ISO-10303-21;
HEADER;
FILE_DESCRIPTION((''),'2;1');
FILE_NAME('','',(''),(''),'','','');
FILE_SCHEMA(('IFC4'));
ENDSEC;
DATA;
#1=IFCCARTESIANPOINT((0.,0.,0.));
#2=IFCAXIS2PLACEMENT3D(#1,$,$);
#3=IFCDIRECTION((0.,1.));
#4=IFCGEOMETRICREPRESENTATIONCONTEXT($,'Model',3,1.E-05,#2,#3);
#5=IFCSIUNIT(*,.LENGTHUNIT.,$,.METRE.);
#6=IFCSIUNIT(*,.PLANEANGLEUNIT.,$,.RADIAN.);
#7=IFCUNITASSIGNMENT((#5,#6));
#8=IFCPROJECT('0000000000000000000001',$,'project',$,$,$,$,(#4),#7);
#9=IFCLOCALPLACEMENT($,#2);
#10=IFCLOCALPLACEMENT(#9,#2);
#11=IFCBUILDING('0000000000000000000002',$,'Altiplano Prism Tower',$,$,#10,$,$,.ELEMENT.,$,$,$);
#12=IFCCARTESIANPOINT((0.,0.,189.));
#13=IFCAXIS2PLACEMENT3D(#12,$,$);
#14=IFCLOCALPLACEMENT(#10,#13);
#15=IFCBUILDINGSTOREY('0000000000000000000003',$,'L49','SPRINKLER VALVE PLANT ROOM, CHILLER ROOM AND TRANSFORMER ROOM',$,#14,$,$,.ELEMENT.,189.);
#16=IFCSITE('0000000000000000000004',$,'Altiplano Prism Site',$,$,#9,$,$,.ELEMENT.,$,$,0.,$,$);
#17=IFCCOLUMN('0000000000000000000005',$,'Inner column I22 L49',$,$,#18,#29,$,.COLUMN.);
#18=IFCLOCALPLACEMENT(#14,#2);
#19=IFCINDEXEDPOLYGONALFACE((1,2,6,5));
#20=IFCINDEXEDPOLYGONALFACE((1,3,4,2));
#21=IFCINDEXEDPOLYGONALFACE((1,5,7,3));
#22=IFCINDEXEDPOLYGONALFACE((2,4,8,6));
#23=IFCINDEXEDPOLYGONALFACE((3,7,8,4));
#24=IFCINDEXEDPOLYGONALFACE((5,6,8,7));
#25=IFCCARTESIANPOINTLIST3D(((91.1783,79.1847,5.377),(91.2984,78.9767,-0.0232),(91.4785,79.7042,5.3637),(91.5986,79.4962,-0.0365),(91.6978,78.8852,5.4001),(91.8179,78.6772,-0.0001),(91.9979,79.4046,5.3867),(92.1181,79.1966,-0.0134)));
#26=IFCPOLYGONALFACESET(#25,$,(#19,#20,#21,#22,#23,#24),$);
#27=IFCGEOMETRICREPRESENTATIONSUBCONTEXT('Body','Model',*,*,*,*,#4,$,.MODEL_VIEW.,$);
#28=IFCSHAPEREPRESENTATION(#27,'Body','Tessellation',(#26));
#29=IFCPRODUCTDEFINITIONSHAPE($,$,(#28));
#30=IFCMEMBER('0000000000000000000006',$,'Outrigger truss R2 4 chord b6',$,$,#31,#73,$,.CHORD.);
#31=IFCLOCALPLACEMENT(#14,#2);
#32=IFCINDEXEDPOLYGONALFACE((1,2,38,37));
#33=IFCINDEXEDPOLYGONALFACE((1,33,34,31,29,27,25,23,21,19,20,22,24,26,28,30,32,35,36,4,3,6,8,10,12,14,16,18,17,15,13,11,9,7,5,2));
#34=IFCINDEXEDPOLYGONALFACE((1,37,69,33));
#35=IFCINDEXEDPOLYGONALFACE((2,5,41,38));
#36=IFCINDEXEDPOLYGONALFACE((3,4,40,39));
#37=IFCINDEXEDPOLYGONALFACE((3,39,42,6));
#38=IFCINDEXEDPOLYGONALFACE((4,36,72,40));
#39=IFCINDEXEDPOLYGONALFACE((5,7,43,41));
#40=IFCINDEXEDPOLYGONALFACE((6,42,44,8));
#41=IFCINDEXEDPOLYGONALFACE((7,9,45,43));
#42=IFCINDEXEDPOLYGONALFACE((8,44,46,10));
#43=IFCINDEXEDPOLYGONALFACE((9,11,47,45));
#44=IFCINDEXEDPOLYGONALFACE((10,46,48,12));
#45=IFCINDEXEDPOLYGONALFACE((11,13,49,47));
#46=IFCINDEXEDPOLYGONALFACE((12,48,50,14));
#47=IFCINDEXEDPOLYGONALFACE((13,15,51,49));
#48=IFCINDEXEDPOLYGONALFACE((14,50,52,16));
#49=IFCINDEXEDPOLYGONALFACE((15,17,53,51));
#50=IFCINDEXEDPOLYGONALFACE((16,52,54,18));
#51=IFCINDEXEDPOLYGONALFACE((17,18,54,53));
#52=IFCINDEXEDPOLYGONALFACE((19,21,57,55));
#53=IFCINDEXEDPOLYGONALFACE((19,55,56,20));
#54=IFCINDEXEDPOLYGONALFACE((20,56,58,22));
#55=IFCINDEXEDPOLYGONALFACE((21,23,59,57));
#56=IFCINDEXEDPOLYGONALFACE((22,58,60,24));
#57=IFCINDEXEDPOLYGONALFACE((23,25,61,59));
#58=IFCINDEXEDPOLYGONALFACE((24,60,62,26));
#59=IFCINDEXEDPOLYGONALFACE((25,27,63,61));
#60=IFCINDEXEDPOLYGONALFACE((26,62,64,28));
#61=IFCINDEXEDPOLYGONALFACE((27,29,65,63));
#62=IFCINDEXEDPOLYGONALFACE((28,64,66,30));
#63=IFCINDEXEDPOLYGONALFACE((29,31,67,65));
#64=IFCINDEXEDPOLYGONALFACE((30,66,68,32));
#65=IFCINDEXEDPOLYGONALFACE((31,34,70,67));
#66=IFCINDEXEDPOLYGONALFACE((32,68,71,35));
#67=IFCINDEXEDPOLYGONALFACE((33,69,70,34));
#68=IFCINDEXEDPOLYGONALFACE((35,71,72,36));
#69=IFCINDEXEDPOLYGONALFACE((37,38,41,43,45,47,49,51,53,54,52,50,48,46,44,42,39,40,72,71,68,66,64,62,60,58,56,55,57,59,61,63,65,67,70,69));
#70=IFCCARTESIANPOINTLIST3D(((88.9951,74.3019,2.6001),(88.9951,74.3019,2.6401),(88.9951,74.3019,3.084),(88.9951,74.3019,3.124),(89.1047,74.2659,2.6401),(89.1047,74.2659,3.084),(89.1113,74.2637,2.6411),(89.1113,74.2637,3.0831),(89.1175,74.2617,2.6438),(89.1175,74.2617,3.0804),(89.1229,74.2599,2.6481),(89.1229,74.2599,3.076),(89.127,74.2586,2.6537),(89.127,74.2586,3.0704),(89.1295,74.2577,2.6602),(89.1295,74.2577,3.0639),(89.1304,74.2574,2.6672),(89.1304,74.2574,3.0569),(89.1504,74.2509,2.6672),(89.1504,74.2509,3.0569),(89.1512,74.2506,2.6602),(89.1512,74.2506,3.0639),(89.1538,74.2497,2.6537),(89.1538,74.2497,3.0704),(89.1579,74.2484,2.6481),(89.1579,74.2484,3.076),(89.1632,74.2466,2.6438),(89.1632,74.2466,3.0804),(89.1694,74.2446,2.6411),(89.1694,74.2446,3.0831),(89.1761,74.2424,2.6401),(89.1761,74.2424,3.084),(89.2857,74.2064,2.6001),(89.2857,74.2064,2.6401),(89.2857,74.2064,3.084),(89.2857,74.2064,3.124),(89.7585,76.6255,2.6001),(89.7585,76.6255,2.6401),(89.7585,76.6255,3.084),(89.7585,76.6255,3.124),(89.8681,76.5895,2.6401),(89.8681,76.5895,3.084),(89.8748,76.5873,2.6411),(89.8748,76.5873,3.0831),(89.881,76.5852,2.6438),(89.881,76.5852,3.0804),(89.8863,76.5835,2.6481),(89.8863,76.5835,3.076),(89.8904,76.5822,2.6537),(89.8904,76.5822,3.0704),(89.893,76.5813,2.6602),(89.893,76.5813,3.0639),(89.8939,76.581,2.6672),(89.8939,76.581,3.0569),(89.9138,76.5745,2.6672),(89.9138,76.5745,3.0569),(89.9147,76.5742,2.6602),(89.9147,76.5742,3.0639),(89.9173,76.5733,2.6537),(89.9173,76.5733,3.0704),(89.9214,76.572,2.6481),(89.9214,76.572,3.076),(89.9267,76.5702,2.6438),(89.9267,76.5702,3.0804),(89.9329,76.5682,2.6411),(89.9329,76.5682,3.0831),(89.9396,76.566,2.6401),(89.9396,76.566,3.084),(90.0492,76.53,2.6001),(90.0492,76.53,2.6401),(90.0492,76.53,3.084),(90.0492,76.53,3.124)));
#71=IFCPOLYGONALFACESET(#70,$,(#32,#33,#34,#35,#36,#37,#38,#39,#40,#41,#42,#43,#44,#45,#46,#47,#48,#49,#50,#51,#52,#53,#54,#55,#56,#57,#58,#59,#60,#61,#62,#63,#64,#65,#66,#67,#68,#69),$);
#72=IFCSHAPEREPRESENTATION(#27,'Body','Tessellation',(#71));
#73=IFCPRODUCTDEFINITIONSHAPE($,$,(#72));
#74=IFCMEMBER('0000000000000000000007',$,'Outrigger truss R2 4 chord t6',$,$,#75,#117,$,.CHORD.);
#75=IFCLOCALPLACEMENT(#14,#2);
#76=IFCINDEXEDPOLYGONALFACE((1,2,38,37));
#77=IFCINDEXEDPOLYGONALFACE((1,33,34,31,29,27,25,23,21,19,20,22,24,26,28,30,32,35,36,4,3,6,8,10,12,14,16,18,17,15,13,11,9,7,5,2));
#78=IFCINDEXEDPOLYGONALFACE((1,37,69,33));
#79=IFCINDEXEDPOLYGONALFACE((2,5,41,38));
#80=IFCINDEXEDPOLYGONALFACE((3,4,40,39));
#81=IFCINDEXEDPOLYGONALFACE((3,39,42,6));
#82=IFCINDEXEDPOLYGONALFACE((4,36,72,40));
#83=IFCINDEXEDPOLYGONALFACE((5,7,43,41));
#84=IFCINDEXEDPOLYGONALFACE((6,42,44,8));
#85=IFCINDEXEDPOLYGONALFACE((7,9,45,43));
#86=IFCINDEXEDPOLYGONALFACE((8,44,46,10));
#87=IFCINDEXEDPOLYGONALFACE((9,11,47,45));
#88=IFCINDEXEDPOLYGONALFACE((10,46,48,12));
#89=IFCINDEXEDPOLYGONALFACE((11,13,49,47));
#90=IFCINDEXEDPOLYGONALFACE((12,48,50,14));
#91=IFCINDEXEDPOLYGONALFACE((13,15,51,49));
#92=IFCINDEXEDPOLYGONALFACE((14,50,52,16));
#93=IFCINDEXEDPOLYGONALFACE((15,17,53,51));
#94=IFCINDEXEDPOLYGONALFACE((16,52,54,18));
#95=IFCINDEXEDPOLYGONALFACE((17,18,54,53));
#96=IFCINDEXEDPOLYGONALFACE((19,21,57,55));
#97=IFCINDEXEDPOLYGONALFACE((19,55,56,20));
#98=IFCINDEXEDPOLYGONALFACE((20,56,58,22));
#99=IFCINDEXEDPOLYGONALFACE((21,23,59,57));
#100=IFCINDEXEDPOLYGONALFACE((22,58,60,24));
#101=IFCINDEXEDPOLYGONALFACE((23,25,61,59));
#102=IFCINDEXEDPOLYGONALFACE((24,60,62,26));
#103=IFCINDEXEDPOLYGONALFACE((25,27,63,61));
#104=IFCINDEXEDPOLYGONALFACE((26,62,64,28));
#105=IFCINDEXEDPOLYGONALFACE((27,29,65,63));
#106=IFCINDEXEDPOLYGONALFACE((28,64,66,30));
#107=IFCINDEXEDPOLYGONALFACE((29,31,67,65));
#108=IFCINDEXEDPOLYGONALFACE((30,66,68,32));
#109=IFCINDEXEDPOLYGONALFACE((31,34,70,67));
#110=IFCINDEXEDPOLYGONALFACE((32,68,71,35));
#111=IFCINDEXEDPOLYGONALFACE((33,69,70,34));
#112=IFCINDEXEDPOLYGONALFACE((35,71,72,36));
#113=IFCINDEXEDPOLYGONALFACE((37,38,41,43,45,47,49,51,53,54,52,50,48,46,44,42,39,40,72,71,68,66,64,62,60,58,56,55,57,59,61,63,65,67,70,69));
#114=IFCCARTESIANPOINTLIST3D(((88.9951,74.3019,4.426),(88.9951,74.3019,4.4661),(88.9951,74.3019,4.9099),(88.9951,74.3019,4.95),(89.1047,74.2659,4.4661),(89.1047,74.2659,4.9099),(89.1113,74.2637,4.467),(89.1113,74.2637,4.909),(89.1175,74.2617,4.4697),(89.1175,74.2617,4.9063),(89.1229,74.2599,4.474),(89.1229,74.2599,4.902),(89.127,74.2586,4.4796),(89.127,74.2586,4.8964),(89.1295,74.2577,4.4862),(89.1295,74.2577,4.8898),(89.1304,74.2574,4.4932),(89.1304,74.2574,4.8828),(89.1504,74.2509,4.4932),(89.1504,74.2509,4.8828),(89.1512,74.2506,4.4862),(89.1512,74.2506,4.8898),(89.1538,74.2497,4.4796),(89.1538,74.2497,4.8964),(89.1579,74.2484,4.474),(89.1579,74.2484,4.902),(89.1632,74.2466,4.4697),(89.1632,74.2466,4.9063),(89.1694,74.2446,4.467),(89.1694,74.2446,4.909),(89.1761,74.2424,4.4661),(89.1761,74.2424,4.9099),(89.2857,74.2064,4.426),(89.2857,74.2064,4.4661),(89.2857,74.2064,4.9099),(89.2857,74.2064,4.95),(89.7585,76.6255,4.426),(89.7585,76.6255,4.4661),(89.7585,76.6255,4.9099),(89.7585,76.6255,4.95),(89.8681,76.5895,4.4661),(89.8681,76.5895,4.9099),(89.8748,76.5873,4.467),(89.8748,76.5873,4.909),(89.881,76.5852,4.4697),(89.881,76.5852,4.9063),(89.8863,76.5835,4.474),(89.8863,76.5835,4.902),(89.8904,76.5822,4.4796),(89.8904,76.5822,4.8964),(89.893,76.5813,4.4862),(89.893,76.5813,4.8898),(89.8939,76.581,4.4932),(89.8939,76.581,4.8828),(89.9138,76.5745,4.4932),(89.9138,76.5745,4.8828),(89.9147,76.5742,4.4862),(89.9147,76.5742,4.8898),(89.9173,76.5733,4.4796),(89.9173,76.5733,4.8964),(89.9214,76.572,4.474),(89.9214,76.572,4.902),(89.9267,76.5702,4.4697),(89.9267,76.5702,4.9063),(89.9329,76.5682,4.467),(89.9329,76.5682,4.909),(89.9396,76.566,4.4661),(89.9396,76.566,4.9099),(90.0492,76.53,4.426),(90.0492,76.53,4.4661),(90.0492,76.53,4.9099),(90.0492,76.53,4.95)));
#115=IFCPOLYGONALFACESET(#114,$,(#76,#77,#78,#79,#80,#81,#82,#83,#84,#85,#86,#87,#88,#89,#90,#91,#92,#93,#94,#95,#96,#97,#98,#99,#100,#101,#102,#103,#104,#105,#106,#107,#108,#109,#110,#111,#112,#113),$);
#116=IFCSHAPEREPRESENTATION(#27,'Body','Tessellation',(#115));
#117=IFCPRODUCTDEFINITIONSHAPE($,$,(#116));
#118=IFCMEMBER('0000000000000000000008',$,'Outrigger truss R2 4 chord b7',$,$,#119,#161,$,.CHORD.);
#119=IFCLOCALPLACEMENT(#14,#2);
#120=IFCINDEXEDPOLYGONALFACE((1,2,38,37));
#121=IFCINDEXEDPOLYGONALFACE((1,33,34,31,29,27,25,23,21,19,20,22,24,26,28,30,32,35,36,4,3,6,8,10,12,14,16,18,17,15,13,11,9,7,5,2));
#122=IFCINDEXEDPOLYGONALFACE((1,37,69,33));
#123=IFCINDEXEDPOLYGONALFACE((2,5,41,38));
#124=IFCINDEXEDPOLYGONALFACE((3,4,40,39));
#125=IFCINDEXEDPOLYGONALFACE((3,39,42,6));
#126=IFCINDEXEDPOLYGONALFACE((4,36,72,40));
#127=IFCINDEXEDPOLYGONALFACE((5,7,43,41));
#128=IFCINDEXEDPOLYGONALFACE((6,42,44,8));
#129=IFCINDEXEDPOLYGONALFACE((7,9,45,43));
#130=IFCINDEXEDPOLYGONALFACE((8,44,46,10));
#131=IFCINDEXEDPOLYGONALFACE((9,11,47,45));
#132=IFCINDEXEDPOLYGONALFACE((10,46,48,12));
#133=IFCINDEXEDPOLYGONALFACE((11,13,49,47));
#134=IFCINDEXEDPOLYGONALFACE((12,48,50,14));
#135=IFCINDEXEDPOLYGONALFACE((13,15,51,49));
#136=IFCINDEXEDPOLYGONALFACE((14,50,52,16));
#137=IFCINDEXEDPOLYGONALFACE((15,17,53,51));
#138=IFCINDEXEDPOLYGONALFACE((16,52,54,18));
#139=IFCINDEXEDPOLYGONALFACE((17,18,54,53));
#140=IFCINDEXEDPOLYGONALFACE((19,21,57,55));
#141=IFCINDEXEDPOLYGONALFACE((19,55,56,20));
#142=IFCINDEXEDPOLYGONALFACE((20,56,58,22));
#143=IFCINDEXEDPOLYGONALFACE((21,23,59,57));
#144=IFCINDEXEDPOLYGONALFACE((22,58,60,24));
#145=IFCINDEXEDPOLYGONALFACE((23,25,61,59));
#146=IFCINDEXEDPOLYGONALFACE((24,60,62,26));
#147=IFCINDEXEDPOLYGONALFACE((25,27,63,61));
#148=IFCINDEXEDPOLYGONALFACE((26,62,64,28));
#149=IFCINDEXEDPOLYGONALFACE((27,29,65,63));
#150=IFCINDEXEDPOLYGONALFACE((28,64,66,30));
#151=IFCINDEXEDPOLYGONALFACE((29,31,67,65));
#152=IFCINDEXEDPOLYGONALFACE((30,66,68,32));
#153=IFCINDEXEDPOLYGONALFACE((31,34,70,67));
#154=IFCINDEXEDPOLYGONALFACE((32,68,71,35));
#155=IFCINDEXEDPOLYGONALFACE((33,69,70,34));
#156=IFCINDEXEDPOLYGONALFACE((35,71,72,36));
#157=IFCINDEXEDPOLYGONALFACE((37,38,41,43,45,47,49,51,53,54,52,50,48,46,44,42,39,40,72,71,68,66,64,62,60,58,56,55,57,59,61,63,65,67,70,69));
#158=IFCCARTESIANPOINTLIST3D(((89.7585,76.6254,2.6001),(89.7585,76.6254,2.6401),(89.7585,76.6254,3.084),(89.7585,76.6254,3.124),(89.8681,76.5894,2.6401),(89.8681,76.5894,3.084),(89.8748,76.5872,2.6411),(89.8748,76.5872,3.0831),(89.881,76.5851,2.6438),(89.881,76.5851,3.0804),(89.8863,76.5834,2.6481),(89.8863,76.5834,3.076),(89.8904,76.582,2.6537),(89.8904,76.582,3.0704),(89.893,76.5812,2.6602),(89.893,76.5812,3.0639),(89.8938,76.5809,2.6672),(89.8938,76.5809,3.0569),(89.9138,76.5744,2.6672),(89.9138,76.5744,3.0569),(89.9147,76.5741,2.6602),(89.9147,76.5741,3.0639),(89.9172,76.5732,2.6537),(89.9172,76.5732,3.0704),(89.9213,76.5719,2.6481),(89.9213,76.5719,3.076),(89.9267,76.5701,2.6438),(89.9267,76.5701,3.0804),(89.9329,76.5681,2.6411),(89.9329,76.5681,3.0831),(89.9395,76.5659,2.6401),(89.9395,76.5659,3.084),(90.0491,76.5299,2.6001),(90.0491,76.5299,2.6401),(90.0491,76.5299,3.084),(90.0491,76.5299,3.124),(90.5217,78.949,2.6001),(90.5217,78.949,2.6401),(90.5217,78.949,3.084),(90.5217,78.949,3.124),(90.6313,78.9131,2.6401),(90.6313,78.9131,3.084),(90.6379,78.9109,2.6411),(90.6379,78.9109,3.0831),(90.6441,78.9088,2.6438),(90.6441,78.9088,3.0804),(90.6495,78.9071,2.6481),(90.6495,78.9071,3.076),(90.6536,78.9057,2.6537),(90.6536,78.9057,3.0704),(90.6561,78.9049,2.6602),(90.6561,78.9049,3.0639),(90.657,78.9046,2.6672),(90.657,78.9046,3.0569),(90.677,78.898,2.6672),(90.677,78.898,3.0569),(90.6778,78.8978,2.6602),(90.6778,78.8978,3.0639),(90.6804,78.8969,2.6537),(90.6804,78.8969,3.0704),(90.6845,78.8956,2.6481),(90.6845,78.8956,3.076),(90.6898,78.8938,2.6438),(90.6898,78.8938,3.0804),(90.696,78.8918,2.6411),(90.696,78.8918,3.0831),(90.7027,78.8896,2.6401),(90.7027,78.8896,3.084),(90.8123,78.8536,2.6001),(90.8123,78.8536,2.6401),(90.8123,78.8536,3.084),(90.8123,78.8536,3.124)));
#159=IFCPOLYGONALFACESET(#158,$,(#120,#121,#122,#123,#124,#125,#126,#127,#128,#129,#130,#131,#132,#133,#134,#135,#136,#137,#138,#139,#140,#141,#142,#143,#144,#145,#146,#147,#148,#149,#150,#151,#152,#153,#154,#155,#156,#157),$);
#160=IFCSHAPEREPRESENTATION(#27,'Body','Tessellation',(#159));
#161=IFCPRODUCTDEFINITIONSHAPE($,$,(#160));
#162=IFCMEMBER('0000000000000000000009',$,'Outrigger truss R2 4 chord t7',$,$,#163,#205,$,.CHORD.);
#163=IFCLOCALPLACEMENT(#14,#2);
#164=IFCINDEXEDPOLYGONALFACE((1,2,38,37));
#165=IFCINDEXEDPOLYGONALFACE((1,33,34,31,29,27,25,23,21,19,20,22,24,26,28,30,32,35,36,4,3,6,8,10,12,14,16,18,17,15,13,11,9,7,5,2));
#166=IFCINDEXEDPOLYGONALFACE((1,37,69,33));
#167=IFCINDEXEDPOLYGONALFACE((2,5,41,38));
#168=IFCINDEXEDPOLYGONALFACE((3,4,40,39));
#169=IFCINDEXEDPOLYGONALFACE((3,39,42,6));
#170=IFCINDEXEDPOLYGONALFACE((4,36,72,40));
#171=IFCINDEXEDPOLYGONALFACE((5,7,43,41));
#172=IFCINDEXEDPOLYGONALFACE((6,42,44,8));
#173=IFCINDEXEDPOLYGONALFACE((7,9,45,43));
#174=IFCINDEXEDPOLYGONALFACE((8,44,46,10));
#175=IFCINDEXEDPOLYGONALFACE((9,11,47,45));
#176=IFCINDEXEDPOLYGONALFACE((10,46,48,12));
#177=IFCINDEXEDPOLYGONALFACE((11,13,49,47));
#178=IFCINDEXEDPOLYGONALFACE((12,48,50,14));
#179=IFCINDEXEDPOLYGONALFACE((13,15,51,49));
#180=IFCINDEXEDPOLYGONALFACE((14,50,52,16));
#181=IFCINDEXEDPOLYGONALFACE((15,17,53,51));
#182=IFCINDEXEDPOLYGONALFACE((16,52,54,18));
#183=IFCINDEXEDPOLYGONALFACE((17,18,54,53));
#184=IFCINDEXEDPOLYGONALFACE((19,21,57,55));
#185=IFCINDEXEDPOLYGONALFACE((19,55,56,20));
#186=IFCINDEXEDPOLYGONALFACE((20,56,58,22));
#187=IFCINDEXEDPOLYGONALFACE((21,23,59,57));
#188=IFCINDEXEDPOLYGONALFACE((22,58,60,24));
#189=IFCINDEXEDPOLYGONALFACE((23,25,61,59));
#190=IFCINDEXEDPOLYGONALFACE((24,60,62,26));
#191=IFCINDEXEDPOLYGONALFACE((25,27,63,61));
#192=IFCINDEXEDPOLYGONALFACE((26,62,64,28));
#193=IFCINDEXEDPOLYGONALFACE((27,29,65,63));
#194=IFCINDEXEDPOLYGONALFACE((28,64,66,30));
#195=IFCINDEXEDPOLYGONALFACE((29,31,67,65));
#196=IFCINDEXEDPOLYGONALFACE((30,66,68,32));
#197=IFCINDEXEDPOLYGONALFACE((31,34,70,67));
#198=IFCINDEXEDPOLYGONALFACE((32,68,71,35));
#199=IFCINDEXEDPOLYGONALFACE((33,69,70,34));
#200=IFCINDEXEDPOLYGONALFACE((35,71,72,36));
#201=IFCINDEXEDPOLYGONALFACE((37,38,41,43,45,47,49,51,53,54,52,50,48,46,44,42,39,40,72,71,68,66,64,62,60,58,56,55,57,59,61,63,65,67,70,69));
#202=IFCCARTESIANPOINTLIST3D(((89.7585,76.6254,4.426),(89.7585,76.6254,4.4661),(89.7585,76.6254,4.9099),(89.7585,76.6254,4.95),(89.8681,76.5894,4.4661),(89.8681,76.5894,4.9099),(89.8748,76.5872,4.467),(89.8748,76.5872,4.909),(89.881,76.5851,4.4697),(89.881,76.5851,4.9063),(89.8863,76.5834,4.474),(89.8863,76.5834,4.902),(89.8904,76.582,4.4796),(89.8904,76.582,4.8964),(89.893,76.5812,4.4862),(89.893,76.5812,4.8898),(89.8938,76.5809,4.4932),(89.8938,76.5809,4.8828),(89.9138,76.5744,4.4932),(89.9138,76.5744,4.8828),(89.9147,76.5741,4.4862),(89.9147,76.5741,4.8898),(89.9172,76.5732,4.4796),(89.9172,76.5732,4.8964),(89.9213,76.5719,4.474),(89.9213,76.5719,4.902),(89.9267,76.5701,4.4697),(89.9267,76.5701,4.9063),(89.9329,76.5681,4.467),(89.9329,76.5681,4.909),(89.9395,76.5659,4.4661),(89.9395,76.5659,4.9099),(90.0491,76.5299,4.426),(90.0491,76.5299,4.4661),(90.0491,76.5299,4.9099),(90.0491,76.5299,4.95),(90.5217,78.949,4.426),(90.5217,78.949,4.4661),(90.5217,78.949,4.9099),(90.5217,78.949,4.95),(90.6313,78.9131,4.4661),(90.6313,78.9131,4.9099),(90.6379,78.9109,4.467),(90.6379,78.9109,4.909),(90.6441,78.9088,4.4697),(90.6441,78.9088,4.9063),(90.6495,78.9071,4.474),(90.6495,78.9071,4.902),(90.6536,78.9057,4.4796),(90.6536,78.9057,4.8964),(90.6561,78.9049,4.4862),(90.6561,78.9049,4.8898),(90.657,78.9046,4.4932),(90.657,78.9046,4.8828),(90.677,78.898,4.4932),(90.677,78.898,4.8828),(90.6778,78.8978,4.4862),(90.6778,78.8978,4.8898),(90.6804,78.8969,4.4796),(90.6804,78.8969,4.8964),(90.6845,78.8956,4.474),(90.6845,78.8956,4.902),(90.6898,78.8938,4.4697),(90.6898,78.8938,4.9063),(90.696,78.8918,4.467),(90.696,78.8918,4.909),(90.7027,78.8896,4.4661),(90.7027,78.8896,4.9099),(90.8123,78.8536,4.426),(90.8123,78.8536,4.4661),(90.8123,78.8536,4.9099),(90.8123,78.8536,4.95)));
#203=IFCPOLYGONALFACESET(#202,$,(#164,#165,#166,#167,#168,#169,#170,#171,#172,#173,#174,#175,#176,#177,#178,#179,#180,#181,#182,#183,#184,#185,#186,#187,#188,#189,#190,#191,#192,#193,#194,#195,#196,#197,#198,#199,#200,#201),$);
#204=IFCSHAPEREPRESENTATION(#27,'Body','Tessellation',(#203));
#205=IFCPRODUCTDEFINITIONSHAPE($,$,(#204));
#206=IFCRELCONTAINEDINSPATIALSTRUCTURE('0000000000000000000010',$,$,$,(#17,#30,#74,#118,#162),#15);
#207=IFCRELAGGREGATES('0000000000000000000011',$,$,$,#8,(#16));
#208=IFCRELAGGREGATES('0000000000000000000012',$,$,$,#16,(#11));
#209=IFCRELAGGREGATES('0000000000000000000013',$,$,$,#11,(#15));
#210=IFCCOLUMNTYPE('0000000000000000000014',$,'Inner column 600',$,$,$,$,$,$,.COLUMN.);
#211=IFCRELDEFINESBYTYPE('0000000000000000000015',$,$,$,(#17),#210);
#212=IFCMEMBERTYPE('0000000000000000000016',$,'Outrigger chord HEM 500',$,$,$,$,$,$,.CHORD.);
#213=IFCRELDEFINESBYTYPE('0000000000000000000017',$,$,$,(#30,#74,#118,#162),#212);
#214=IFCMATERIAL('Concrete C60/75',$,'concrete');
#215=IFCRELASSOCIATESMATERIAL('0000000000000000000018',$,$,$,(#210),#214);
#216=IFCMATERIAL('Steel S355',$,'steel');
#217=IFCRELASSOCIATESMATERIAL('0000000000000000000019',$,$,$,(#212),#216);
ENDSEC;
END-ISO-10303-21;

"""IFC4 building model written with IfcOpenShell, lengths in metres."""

from ifc_helpers import new_model, si_unit, direction, frame, origin, origin_2d, place, context, subcontext, project, spatial, rectangle, i_section, extrude, material, material_profile, profile_set, type_object, element, save


model = new_model("IFC4")

# Units and contexts
model_context = context("Model", 3, precision=1e-05, world=origin(), true_north=direction((0.0, 1.0)))
body_context = subcontext(model_context, "Body", "Model", "MODEL_VIEW")
ifc_project = project(units=[si_unit("LENGTHUNIT", "METRE"), si_unit("PLANEANGLEUNIT", "RADIAN")], contexts=[model_context])

# Site, building, storey
site_placement = place(None, origin())
site = spatial("IfcSite", under=ifc_project, at=site_placement, Name="Altiplano Prism Site", CompositionType="ELEMENT", RefElevation=0.0)
building_placement = place(site_placement, origin())
building = spatial("IfcBuilding", under=site, at=building_placement, Name="Altiplano Prism Tower", CompositionType="ELEMENT")
storey_placement = place(building_placement, frame((0.0, 0.0, 189.0)))
storey = spatial("IfcBuildingStorey", under=building, at=storey_placement, Name="L49", Description="SPRINKLER VALVE PLANT ROOM, CHILLER ROOM AND TRANSFORMER ROOM", CompositionType="ELEMENT", Elevation=189.0)

# Column
ifc_material_1 = material(Name="Concrete C60/75", Category="concrete")
ifc_material_profile_1 = material_profile(ifc_material_1, rectangle(XDim=0.6001, YDim=0.6001, at=origin_2d()), Name="Inner column 600")
ifc_profile_set_1 = profile_set([ifc_material_profile_1], Name="Concrete C60/75")
column_type = type_object("IfcColumnType", Name="Inner column 600", PredefinedType="COLUMN", material=ifc_profile_set_1)
column_placement = place(storey_placement, frame((91.7083, 79.0867, -0.0183), z_axis=(-0.022221, 0.038481, 0.999012), x_axis=(-0.500172, -0.865641, 0.022218)))
element("IfcColumn", 1, at=column_placement, inside=storey, type_object=column_type, Name="Inner column I22 L49", PredefinedType="COLUMN", context=body_context, shape_type="SweptSolid", body=[
    extrude(rectangle(XDim=0.6001, YDim=0.6001, at=origin_2d()), origin(), (0.0, 0.0, 1.0), 5.4055),
])

# Members
ifc_material_2 = material(Name="Steel S355", Category="steel")
ifc_material_profile_2 = material_profile(ifc_material_2, i_section(OverallWidth=0.3059, OverallDepth=0.5239, WebThickness=0.021, FlangeThickness=0.04, FilletRadius=0.0271, at=origin_2d()), Name="Outrigger chord HEM 500")
ifc_profile_set_2 = profile_set([ifc_material_profile_2], Name="Steel S355")
member_type_1 = type_object("IfcMemberType", Name="Outrigger chord HEM 500", PredefinedType="CHORD", material=ifc_profile_set_2)
for number, where, z_axis, x_axis, name in (
    (2, (89.1404, 74.2542, 2.8621), (0.312152, 0.950032, 0.0), (-0.950032, 0.312152, 0.0), "Outrigger truss R2 4 chord b6"),
    (3, (89.1404, 74.2542, 4.688), (0.312152, 0.950032, 0.0), (-0.950032, 0.312152, 0.0), "Outrigger truss R2 4 chord t6"),
    (4, (89.9038, 76.5776, 2.8621), (0.312032, 0.950071, 0.0), (-0.950071, 0.312032, 0.0), "Outrigger truss R2 4 chord b7"),
    (5, (89.9038, 76.5776, 4.688), (0.312032, 0.950071, 0.0), (-0.950071, 0.312032, 0.0), "Outrigger truss R2 4 chord t7"),
):
    element("IfcMember", number, at=place(storey_placement, frame(where, z_axis=z_axis, x_axis=x_axis)), inside=storey, type_object=member_type_1, Name=name, PredefinedType="CHORD", context=body_context, shape_type="SweptSolid", body=[
        extrude(i_section(OverallWidth=0.3059, OverallDepth=0.5239, WebThickness=0.021, FlangeThickness=0.04, FilletRadius=0.0271, at=origin_2d()), origin(), (0.0, 0.0, 1.0), 2.4458),
    ])

save(model, "model.ifc")
